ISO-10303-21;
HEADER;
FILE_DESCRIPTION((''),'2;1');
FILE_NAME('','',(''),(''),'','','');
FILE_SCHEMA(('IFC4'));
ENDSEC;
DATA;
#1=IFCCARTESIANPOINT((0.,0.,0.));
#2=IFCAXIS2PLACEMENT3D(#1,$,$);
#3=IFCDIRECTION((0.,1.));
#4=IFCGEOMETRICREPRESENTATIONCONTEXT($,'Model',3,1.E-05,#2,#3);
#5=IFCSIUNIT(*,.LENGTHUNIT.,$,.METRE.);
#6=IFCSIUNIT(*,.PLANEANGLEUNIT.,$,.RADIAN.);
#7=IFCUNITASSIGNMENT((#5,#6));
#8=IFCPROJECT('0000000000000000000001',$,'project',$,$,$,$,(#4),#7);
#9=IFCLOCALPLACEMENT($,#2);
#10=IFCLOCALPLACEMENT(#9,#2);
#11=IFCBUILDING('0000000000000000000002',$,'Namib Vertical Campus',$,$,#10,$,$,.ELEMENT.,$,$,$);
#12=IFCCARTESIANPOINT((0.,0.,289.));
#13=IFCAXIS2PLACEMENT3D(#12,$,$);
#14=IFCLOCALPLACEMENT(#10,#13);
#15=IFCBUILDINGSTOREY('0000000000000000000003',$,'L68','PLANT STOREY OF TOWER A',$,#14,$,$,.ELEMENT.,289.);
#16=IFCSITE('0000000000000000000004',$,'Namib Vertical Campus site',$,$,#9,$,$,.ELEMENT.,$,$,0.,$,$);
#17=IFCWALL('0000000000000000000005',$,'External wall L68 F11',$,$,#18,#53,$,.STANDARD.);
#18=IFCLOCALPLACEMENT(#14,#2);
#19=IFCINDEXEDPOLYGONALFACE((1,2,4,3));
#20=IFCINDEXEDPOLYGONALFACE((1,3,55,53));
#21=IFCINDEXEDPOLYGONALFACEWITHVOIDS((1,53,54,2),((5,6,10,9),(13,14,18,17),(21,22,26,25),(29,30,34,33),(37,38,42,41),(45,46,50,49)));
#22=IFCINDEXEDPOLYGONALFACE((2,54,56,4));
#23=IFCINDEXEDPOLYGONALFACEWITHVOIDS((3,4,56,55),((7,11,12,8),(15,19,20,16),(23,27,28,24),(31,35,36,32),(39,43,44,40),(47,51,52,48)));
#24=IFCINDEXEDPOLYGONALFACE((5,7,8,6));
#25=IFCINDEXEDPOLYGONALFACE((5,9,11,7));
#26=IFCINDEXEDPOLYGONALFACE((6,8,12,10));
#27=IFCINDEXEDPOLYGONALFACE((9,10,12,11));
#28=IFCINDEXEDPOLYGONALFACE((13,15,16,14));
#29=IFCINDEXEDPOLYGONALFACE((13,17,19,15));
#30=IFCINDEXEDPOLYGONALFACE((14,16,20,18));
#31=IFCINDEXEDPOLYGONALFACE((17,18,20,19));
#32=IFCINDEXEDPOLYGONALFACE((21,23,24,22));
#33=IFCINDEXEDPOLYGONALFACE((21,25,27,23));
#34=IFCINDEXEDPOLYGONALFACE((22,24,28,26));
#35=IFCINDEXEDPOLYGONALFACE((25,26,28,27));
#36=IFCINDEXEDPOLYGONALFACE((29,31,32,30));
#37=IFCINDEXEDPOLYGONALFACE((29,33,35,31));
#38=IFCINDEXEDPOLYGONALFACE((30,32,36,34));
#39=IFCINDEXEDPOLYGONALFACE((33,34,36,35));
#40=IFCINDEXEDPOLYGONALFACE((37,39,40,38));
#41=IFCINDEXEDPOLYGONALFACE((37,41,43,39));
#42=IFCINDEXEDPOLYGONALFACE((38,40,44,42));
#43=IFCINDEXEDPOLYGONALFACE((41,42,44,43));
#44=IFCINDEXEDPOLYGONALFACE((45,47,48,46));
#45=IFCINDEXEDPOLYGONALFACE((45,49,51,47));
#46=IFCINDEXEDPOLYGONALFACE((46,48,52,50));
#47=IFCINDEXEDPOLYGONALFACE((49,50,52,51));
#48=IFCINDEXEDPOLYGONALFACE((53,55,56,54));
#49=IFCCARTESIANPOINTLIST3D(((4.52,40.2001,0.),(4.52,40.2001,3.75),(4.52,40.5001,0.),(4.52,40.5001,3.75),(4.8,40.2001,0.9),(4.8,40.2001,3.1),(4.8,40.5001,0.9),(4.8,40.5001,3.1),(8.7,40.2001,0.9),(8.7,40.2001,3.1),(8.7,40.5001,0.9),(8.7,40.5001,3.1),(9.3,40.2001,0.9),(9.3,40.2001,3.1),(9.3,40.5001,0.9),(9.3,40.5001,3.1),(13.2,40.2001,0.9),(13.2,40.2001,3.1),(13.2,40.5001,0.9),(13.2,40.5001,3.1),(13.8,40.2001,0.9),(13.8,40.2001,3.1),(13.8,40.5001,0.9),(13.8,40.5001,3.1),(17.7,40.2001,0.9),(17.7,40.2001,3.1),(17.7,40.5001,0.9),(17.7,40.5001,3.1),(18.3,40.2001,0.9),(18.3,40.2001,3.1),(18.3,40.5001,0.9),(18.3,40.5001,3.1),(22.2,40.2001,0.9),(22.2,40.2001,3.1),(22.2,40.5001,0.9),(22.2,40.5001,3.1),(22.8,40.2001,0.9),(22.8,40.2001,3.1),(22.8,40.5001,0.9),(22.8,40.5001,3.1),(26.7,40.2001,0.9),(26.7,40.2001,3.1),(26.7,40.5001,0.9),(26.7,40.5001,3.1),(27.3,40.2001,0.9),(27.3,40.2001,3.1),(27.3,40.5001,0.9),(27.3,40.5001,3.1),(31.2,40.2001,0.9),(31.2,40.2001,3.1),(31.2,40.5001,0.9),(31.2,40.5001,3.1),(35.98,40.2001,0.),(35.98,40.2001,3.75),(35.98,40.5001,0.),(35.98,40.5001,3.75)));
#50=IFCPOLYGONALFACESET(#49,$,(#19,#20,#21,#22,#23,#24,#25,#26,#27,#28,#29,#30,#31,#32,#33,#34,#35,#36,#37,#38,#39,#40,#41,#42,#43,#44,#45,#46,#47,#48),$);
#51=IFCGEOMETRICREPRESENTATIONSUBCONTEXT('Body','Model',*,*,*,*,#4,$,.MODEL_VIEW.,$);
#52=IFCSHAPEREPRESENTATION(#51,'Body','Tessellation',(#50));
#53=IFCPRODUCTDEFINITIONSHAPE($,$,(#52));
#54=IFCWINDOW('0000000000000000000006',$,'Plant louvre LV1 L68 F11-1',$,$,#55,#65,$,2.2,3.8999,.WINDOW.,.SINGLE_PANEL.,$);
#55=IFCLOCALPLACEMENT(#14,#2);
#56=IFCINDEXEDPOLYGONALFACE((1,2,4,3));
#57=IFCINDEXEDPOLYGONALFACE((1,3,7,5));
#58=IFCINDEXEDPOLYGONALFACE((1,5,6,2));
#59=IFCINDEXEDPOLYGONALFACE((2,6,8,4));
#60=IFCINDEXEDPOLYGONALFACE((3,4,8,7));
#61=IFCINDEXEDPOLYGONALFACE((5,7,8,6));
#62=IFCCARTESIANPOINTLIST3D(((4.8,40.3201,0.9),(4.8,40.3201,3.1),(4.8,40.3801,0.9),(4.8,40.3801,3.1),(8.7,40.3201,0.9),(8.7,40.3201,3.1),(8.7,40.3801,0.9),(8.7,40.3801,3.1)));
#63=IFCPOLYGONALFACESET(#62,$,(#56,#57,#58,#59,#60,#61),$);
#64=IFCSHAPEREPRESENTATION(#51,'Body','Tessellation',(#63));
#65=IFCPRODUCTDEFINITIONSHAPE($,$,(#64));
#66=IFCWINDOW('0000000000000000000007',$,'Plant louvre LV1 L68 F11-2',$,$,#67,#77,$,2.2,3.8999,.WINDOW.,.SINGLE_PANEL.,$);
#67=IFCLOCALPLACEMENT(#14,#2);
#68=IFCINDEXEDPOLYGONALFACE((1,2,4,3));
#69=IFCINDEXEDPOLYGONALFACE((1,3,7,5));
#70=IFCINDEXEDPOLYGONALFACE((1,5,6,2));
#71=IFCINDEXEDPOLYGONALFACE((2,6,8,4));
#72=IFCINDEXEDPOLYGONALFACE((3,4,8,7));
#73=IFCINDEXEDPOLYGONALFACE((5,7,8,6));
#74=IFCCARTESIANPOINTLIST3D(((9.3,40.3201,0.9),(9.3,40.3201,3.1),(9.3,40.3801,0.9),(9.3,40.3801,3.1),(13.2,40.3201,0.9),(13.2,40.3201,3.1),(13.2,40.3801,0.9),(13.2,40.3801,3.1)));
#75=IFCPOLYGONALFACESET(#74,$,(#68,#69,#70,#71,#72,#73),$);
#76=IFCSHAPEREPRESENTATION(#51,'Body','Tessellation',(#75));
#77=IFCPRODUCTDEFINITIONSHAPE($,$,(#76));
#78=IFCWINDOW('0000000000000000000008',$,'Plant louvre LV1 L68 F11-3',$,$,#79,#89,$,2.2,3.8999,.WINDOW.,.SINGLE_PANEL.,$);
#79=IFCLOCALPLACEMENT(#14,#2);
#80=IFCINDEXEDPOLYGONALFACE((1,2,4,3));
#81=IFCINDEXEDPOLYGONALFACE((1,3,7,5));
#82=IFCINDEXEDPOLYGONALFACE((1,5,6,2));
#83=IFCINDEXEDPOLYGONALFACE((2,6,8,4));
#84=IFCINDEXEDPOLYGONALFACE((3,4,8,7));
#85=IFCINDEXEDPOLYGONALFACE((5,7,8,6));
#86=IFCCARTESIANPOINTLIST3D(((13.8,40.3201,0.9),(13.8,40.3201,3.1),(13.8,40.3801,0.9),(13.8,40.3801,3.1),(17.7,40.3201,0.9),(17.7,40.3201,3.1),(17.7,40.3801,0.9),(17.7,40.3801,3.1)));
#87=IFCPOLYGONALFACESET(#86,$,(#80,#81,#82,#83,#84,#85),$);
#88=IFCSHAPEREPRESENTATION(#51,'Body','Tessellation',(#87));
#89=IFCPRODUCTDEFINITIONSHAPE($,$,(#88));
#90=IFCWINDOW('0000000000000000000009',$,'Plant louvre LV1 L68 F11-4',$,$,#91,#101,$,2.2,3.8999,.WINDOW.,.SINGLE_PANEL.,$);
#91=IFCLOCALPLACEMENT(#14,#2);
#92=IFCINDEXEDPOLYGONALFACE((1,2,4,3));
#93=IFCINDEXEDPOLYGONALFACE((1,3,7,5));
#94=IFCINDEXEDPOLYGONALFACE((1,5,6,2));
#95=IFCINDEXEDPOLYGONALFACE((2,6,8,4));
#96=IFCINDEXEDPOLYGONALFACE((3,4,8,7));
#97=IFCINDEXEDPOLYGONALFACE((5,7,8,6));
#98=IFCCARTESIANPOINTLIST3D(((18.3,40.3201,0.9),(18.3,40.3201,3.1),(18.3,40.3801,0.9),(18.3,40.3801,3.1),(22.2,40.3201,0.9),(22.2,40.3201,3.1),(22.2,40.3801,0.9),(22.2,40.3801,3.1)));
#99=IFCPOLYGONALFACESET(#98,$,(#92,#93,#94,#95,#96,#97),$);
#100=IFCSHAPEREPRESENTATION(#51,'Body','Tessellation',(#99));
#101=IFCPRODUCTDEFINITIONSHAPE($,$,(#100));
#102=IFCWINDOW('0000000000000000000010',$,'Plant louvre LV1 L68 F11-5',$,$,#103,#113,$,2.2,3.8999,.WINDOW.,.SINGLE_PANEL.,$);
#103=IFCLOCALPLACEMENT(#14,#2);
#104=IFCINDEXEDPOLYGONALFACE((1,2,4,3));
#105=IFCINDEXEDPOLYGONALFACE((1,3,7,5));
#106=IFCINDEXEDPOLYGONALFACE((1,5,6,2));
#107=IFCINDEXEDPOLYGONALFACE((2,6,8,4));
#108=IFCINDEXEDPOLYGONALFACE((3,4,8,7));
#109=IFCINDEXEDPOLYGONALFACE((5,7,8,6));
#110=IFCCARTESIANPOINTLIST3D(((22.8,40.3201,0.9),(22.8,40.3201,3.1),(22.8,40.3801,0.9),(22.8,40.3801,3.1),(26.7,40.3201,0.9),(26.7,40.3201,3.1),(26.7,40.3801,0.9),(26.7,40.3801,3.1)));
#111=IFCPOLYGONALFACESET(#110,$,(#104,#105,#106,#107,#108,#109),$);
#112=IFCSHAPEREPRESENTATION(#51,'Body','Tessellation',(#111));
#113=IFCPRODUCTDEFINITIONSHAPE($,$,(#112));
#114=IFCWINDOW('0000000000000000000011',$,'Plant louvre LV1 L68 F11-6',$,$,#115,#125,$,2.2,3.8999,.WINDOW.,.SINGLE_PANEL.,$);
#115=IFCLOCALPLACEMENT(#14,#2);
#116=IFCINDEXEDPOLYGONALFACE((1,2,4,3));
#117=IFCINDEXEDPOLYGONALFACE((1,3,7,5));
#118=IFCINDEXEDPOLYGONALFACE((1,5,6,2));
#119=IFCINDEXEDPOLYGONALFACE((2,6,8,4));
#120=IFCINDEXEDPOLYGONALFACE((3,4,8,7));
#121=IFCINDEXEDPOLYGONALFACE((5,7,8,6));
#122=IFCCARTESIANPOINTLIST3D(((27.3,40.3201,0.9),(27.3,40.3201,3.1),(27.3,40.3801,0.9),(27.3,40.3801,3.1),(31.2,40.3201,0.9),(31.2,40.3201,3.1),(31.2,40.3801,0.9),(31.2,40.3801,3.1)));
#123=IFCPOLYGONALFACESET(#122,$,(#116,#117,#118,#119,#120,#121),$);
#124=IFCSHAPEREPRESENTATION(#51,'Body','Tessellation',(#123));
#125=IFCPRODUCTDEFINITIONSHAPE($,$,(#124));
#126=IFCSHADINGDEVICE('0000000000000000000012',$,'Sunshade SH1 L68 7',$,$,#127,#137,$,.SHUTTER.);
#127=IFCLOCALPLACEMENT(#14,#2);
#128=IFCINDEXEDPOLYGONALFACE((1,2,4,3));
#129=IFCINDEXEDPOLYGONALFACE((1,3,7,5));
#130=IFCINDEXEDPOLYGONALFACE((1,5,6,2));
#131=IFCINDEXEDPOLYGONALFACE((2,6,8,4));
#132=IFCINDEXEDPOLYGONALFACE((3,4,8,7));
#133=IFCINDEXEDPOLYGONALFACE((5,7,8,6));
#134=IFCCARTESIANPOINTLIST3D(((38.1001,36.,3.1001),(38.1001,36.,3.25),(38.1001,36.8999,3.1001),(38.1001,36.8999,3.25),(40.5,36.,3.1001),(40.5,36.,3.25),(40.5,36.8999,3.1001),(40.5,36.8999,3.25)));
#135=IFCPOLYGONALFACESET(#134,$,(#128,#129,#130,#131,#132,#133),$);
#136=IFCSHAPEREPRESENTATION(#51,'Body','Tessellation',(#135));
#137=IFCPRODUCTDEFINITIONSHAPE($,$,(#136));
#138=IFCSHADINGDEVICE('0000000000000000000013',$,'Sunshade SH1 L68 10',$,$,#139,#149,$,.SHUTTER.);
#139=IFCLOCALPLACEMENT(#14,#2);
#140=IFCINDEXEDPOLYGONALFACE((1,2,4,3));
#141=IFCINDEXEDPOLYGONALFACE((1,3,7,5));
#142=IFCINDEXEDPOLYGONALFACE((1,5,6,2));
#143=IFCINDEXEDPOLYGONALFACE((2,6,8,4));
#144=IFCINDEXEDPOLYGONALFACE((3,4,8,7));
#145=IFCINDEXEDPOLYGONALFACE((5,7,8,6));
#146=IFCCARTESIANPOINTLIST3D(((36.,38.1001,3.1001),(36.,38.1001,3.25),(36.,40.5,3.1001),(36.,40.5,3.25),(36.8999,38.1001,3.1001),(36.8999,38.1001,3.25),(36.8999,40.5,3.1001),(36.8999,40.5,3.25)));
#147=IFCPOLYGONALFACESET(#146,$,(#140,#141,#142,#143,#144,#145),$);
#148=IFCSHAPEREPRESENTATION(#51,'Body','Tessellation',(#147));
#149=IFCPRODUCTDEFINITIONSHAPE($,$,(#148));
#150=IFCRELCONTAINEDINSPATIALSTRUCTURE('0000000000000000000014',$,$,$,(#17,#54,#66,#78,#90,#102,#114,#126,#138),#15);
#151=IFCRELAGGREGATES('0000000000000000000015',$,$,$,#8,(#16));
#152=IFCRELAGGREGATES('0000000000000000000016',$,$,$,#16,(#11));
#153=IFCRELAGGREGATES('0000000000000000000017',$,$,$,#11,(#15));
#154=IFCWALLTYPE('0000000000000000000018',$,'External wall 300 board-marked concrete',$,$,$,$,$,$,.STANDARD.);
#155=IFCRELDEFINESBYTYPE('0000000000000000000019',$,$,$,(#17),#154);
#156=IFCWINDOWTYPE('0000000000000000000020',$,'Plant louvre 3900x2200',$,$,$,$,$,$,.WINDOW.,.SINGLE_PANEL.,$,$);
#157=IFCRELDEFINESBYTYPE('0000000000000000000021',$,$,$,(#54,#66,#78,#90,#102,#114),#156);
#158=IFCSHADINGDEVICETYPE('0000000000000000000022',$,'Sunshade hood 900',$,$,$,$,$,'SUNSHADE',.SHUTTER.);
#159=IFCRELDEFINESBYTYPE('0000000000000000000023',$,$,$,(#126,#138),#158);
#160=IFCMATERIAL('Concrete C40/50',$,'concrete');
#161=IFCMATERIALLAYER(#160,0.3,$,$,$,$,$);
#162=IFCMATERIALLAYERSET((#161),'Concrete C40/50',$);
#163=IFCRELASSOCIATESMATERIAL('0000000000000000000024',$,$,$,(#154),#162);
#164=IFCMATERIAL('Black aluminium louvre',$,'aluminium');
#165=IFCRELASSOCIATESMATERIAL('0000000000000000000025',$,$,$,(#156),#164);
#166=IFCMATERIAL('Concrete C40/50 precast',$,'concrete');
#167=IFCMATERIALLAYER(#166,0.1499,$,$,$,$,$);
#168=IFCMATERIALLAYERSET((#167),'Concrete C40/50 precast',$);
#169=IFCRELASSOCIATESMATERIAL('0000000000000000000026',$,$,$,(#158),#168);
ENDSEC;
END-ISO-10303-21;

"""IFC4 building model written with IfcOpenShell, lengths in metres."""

from ifc_helpers import new_model, si_unit, direction, frame, frame_2d, origin, origin_2d, place, context, subcontext, project, spatial, rectangle, extrude, material, layer, layer_set, type_object, element, fill, save


model = new_model("IFC4")

# Units and contexts
model_context = context("Model", 3, precision=1e-05, world=origin(), true_north=direction((0.0, 1.0)))
body_context = subcontext(model_context, "Body", "Model", "MODEL_VIEW")
ifc_project = project(units=[si_unit("LENGTHUNIT", "METRE"), si_unit("PLANEANGLEUNIT", "RADIAN")], contexts=[model_context])

# Site, building, storey
site_placement = place(None, origin())
site = spatial("IfcSite", under=ifc_project, at=site_placement, Name="Namib Vertical Campus site", CompositionType="ELEMENT", RefElevation=0.0)
building_placement = place(site_placement, origin())
building = spatial("IfcBuilding", under=site, at=building_placement, Name="Namib Vertical Campus", CompositionType="ELEMENT")
storey_placement = place(building_placement, frame((0.0, 0.0, 289.0)))
storey = spatial("IfcBuildingStorey", under=building, at=storey_placement, Name="L68", Description="PLANT STOREY OF TOWER A", CompositionType="ELEMENT", Elevation=289.0)

# Shared definitions
ifc_material_1 = material(Name="Concrete C40/50", Category="concrete")
ifc_layer_1 = layer(ifc_material_1, 0.3)
ifc_layer_set_1 = layer_set([ifc_layer_1], Name="Concrete C40/50")
wall_type_1 = type_object("IfcWallType", Name="External wall 300 board-marked concrete", PredefinedType="STANDARD", material=ifc_layer_set_1)

# Wall, openings, windows
wall_1_placement = place(storey_placement, frame((35.98, 40.3501, 0.0), z_axis=(0.0, 0.0, 1.0), x_axis=(-1.0, 0.0, 0.0)))
wall_1 = element("IfcWall", 1, at=wall_1_placement, inside=storey, type_object=wall_type_1, Name="External wall L68 F11", PredefinedType="STANDARD", context=body_context, shape_type="SweptSolid", body=[
    extrude(rectangle(XDim=31.46, YDim=0.3, at=frame_2d((15.73, 0.0))), origin(), (0.0, 0.0, 1.0), 3.75),
])
opening_1_placement = place(wall_1_placement, frame((27.28, 0.0, 0.8999)))
opening_1 = element("IfcOpeningElement", 2, at=opening_1_placement, cuts=wall_1, PredefinedType="OPENING", context=body_context, shape_type="SweptSolid", body=[
    extrude(rectangle(XDim=3.8999, YDim=2.2, at=frame_2d((1.95, 1.1001))), frame((0.0, 0.1599, 0.0), z_axis=(0.0, -1.0, 0.0), x_axis=(1.0, 0.0, 0.0)), (0.0, 0.0, 1.0), 0.3201),
])
opening_2_placement = place(wall_1_placement, frame((22.78, 0.0, 0.8999)))
opening_2 = element("IfcOpeningElement", 3, at=opening_2_placement, cuts=wall_1, PredefinedType="OPENING", context=body_context, shape_type="SweptSolid", body=[
    extrude(rectangle(XDim=3.8999, YDim=2.2, at=frame_2d((1.95, 1.1001))), frame((0.0, 0.1599, 0.0), z_axis=(0.0, -1.0, 0.0), x_axis=(1.0, 0.0, 0.0)), (0.0, 0.0, 1.0), 0.3201),
])
opening_3_placement = place(wall_1_placement, frame((18.28, 0.0, 0.8999)))
opening_3 = element("IfcOpeningElement", 4, at=opening_3_placement, cuts=wall_1, PredefinedType="OPENING", context=body_context, shape_type="SweptSolid", body=[
    extrude(rectangle(XDim=3.8999, YDim=2.2, at=frame_2d((1.95, 1.1001))), frame((0.0, 0.1599, 0.0), z_axis=(0.0, -1.0, 0.0), x_axis=(1.0, 0.0, 0.0)), (0.0, 0.0, 1.0), 0.3201),
])
opening_4_placement = place(wall_1_placement, frame((13.78, 0.0, 0.8999)))
opening_4 = element("IfcOpeningElement", 5, at=opening_4_placement, cuts=wall_1, PredefinedType="OPENING", context=body_context, shape_type="SweptSolid", body=[
    extrude(rectangle(XDim=3.8999, YDim=2.2, at=frame_2d((1.95, 1.1001))), frame((0.0, 0.1599, 0.0), z_axis=(0.0, -1.0, 0.0), x_axis=(1.0, 0.0, 0.0)), (0.0, 0.0, 1.0), 0.3201),
])
opening_5_placement = place(wall_1_placement, frame((9.28, 0.0, 0.8999)))
opening_5 = element("IfcOpeningElement", 6, at=opening_5_placement, cuts=wall_1, PredefinedType="OPENING", context=body_context, shape_type="SweptSolid", body=[
    extrude(rectangle(XDim=3.8999, YDim=2.2, at=frame_2d((1.95, 1.1001))), frame((0.0, 0.1599, 0.0), z_axis=(0.0, -1.0, 0.0), x_axis=(1.0, 0.0, 0.0)), (0.0, 0.0, 1.0), 0.3201),
])
opening_6_placement = place(wall_1_placement, frame((4.78, 0.0, 0.8999)))
opening_6 = element("IfcOpeningElement", 7, at=opening_6_placement, cuts=wall_1, PredefinedType="OPENING", context=body_context, shape_type="SweptSolid", body=[
    extrude(rectangle(XDim=3.8999, YDim=2.2, at=frame_2d((1.95, 1.1001))), frame((0.0, 0.1599, 0.0), z_axis=(0.0, -1.0, 0.0), x_axis=(1.0, 0.0, 0.0)), (0.0, 0.0, 1.0), 0.3201),
])
ifc_material_2 = material(Name="Black aluminium louvre", Category="aluminium")
window_type = type_object("IfcWindowType", Name="Plant louvre 3900x2200", PartitioningType="SINGLE_PANEL", PredefinedType="WINDOW", material=ifc_material_2)
window_1_placement = place(opening_1_placement, origin())
window_1 = element("IfcWindow", 8, at=window_1_placement, inside=storey, type_object=window_type, Name="Plant louvre LV1 L68 F11-1", OverallHeight=2.2, OverallWidth=3.8999, PartitioningType="SINGLE_PANEL", PredefinedType="WINDOW", context=body_context, shape_type="SweptSolid", body=[
    extrude(rectangle(XDim=3.8999, YDim=2.2, at=frame_2d((1.95, 1.1001))), frame((0.0, 0.03, 0.0), z_axis=(0.0, -1.0, 0.0), x_axis=(1.0, 0.0, 0.0)), (0.0, 0.0, 1.0), 0.0601),
])
fill(opening_1, window_1)
window_2_placement = place(opening_2_placement, origin())
window_2 = element("IfcWindow", 9, at=window_2_placement, inside=storey, type_object=window_type, Name="Plant louvre LV1 L68 F11-2", OverallHeight=2.2, OverallWidth=3.8999, PartitioningType="SINGLE_PANEL", PredefinedType="WINDOW", context=body_context, shape_type="SweptSolid", body=[
    extrude(rectangle(XDim=3.8999, YDim=2.2, at=frame_2d((1.95, 1.1001))), frame((0.0, 0.03, 0.0), z_axis=(0.0, -1.0, 0.0), x_axis=(1.0, 0.0, 0.0)), (0.0, 0.0, 1.0), 0.0601),
])
fill(opening_2, window_2)
window_3_placement = place(opening_3_placement, origin())
window_3 = element("IfcWindow", 10, at=window_3_placement, inside=storey, type_object=window_type, Name="Plant louvre LV1 L68 F11-3", OverallHeight=2.2, OverallWidth=3.8999, PartitioningType="SINGLE_PANEL", PredefinedType="WINDOW", context=body_context, shape_type="SweptSolid", body=[
    extrude(rectangle(XDim=3.8999, YDim=2.2, at=frame_2d((1.95, 1.1001))), frame((0.0, 0.03, 0.0), z_axis=(0.0, -1.0, 0.0), x_axis=(1.0, 0.0, 0.0)), (0.0, 0.0, 1.0), 0.0601),
])
fill(opening_3, window_3)
window_4_placement = place(opening_4_placement, origin())
window_4 = element("IfcWindow", 11, at=window_4_placement, inside=storey, type_object=window_type, Name="Plant louvre LV1 L68 F11-4", OverallHeight=2.2, OverallWidth=3.8999, PartitioningType="SINGLE_PANEL", PredefinedType="WINDOW", context=body_context, shape_type="SweptSolid", body=[
    extrude(rectangle(XDim=3.8999, YDim=2.2, at=frame_2d((1.95, 1.1001))), frame((0.0, 0.03, 0.0), z_axis=(0.0, -1.0, 0.0), x_axis=(1.0, 0.0, 0.0)), (0.0, 0.0, 1.0), 0.0601),
])
fill(opening_4, window_4)
window_5_placement = place(opening_5_placement, origin())
window_5 = element("IfcWindow", 12, at=window_5_placement, inside=storey, type_object=window_type, Name="Plant louvre LV1 L68 F11-5", OverallHeight=2.2, OverallWidth=3.8999, PartitioningType="SINGLE_PANEL", PredefinedType="WINDOW", context=body_context, shape_type="SweptSolid", body=[
    extrude(rectangle(XDim=3.8999, YDim=2.2, at=frame_2d((1.95, 1.1001))), frame((0.0, 0.03, 0.0), z_axis=(0.0, -1.0, 0.0), x_axis=(1.0, 0.0, 0.0)), (0.0, 0.0, 1.0), 0.0601),
])
fill(opening_5, window_5)
window_6_placement = place(opening_6_placement, origin())
window_6 = element("IfcWindow", 13, at=window_6_placement, inside=storey, type_object=window_type, Name="Plant louvre LV1 L68 F11-6", OverallHeight=2.2, OverallWidth=3.8999, PartitioningType="SINGLE_PANEL", PredefinedType="WINDOW", context=body_context, shape_type="SweptSolid", body=[
    extrude(rectangle(XDim=3.8999, YDim=2.2, at=frame_2d((1.95, 1.1001))), frame((0.0, 0.03, 0.0), z_axis=(0.0, -1.0, 0.0), x_axis=(1.0, 0.0, 0.0)), (0.0, 0.0, 1.0), 0.0601),
])
fill(opening_6, window_6)

# Shading devices
ifc_material_3 = material(Name="Concrete C40/50 precast", Category="concrete")
ifc_layer_2 = layer(ifc_material_3, 0.1499)
ifc_layer_set_2 = layer_set([ifc_layer_2], Name="Concrete C40/50 precast")
shading_device_type = type_object("IfcShadingDeviceType", Name="Sunshade hood 900", ElementType="SUNSHADE", PredefinedType="SHUTTER", material=ifc_layer_set_2)
for number, where, z_axis, x_axis, name in (
    (14, (39.3, 36.45, 3.1001), (0.0, 0.0, 1.0), (-1.0, 0.0, 0.0), "Sunshade SH1 L68 7"),
    (15, (36.45, 39.3, 3.1001), (0.0, 0.0, 1.0), (0.0, 1.0, 0.0), "Sunshade SH1 L68 10"),
):
    element("IfcShadingDevice", number, at=place(storey_placement, frame(where, z_axis=z_axis, x_axis=x_axis)), inside=storey, type_object=shading_device_type, Name=name, PredefinedType="SHUTTER", context=body_context, shape_type="SweptSolid", body=[
        extrude(rectangle(XDim=2.3999, YDim=0.8999, at=origin_2d()), origin(), (0.0, 0.0, 1.0), 0.1499),
    ])

save(model, "model.ifc")
